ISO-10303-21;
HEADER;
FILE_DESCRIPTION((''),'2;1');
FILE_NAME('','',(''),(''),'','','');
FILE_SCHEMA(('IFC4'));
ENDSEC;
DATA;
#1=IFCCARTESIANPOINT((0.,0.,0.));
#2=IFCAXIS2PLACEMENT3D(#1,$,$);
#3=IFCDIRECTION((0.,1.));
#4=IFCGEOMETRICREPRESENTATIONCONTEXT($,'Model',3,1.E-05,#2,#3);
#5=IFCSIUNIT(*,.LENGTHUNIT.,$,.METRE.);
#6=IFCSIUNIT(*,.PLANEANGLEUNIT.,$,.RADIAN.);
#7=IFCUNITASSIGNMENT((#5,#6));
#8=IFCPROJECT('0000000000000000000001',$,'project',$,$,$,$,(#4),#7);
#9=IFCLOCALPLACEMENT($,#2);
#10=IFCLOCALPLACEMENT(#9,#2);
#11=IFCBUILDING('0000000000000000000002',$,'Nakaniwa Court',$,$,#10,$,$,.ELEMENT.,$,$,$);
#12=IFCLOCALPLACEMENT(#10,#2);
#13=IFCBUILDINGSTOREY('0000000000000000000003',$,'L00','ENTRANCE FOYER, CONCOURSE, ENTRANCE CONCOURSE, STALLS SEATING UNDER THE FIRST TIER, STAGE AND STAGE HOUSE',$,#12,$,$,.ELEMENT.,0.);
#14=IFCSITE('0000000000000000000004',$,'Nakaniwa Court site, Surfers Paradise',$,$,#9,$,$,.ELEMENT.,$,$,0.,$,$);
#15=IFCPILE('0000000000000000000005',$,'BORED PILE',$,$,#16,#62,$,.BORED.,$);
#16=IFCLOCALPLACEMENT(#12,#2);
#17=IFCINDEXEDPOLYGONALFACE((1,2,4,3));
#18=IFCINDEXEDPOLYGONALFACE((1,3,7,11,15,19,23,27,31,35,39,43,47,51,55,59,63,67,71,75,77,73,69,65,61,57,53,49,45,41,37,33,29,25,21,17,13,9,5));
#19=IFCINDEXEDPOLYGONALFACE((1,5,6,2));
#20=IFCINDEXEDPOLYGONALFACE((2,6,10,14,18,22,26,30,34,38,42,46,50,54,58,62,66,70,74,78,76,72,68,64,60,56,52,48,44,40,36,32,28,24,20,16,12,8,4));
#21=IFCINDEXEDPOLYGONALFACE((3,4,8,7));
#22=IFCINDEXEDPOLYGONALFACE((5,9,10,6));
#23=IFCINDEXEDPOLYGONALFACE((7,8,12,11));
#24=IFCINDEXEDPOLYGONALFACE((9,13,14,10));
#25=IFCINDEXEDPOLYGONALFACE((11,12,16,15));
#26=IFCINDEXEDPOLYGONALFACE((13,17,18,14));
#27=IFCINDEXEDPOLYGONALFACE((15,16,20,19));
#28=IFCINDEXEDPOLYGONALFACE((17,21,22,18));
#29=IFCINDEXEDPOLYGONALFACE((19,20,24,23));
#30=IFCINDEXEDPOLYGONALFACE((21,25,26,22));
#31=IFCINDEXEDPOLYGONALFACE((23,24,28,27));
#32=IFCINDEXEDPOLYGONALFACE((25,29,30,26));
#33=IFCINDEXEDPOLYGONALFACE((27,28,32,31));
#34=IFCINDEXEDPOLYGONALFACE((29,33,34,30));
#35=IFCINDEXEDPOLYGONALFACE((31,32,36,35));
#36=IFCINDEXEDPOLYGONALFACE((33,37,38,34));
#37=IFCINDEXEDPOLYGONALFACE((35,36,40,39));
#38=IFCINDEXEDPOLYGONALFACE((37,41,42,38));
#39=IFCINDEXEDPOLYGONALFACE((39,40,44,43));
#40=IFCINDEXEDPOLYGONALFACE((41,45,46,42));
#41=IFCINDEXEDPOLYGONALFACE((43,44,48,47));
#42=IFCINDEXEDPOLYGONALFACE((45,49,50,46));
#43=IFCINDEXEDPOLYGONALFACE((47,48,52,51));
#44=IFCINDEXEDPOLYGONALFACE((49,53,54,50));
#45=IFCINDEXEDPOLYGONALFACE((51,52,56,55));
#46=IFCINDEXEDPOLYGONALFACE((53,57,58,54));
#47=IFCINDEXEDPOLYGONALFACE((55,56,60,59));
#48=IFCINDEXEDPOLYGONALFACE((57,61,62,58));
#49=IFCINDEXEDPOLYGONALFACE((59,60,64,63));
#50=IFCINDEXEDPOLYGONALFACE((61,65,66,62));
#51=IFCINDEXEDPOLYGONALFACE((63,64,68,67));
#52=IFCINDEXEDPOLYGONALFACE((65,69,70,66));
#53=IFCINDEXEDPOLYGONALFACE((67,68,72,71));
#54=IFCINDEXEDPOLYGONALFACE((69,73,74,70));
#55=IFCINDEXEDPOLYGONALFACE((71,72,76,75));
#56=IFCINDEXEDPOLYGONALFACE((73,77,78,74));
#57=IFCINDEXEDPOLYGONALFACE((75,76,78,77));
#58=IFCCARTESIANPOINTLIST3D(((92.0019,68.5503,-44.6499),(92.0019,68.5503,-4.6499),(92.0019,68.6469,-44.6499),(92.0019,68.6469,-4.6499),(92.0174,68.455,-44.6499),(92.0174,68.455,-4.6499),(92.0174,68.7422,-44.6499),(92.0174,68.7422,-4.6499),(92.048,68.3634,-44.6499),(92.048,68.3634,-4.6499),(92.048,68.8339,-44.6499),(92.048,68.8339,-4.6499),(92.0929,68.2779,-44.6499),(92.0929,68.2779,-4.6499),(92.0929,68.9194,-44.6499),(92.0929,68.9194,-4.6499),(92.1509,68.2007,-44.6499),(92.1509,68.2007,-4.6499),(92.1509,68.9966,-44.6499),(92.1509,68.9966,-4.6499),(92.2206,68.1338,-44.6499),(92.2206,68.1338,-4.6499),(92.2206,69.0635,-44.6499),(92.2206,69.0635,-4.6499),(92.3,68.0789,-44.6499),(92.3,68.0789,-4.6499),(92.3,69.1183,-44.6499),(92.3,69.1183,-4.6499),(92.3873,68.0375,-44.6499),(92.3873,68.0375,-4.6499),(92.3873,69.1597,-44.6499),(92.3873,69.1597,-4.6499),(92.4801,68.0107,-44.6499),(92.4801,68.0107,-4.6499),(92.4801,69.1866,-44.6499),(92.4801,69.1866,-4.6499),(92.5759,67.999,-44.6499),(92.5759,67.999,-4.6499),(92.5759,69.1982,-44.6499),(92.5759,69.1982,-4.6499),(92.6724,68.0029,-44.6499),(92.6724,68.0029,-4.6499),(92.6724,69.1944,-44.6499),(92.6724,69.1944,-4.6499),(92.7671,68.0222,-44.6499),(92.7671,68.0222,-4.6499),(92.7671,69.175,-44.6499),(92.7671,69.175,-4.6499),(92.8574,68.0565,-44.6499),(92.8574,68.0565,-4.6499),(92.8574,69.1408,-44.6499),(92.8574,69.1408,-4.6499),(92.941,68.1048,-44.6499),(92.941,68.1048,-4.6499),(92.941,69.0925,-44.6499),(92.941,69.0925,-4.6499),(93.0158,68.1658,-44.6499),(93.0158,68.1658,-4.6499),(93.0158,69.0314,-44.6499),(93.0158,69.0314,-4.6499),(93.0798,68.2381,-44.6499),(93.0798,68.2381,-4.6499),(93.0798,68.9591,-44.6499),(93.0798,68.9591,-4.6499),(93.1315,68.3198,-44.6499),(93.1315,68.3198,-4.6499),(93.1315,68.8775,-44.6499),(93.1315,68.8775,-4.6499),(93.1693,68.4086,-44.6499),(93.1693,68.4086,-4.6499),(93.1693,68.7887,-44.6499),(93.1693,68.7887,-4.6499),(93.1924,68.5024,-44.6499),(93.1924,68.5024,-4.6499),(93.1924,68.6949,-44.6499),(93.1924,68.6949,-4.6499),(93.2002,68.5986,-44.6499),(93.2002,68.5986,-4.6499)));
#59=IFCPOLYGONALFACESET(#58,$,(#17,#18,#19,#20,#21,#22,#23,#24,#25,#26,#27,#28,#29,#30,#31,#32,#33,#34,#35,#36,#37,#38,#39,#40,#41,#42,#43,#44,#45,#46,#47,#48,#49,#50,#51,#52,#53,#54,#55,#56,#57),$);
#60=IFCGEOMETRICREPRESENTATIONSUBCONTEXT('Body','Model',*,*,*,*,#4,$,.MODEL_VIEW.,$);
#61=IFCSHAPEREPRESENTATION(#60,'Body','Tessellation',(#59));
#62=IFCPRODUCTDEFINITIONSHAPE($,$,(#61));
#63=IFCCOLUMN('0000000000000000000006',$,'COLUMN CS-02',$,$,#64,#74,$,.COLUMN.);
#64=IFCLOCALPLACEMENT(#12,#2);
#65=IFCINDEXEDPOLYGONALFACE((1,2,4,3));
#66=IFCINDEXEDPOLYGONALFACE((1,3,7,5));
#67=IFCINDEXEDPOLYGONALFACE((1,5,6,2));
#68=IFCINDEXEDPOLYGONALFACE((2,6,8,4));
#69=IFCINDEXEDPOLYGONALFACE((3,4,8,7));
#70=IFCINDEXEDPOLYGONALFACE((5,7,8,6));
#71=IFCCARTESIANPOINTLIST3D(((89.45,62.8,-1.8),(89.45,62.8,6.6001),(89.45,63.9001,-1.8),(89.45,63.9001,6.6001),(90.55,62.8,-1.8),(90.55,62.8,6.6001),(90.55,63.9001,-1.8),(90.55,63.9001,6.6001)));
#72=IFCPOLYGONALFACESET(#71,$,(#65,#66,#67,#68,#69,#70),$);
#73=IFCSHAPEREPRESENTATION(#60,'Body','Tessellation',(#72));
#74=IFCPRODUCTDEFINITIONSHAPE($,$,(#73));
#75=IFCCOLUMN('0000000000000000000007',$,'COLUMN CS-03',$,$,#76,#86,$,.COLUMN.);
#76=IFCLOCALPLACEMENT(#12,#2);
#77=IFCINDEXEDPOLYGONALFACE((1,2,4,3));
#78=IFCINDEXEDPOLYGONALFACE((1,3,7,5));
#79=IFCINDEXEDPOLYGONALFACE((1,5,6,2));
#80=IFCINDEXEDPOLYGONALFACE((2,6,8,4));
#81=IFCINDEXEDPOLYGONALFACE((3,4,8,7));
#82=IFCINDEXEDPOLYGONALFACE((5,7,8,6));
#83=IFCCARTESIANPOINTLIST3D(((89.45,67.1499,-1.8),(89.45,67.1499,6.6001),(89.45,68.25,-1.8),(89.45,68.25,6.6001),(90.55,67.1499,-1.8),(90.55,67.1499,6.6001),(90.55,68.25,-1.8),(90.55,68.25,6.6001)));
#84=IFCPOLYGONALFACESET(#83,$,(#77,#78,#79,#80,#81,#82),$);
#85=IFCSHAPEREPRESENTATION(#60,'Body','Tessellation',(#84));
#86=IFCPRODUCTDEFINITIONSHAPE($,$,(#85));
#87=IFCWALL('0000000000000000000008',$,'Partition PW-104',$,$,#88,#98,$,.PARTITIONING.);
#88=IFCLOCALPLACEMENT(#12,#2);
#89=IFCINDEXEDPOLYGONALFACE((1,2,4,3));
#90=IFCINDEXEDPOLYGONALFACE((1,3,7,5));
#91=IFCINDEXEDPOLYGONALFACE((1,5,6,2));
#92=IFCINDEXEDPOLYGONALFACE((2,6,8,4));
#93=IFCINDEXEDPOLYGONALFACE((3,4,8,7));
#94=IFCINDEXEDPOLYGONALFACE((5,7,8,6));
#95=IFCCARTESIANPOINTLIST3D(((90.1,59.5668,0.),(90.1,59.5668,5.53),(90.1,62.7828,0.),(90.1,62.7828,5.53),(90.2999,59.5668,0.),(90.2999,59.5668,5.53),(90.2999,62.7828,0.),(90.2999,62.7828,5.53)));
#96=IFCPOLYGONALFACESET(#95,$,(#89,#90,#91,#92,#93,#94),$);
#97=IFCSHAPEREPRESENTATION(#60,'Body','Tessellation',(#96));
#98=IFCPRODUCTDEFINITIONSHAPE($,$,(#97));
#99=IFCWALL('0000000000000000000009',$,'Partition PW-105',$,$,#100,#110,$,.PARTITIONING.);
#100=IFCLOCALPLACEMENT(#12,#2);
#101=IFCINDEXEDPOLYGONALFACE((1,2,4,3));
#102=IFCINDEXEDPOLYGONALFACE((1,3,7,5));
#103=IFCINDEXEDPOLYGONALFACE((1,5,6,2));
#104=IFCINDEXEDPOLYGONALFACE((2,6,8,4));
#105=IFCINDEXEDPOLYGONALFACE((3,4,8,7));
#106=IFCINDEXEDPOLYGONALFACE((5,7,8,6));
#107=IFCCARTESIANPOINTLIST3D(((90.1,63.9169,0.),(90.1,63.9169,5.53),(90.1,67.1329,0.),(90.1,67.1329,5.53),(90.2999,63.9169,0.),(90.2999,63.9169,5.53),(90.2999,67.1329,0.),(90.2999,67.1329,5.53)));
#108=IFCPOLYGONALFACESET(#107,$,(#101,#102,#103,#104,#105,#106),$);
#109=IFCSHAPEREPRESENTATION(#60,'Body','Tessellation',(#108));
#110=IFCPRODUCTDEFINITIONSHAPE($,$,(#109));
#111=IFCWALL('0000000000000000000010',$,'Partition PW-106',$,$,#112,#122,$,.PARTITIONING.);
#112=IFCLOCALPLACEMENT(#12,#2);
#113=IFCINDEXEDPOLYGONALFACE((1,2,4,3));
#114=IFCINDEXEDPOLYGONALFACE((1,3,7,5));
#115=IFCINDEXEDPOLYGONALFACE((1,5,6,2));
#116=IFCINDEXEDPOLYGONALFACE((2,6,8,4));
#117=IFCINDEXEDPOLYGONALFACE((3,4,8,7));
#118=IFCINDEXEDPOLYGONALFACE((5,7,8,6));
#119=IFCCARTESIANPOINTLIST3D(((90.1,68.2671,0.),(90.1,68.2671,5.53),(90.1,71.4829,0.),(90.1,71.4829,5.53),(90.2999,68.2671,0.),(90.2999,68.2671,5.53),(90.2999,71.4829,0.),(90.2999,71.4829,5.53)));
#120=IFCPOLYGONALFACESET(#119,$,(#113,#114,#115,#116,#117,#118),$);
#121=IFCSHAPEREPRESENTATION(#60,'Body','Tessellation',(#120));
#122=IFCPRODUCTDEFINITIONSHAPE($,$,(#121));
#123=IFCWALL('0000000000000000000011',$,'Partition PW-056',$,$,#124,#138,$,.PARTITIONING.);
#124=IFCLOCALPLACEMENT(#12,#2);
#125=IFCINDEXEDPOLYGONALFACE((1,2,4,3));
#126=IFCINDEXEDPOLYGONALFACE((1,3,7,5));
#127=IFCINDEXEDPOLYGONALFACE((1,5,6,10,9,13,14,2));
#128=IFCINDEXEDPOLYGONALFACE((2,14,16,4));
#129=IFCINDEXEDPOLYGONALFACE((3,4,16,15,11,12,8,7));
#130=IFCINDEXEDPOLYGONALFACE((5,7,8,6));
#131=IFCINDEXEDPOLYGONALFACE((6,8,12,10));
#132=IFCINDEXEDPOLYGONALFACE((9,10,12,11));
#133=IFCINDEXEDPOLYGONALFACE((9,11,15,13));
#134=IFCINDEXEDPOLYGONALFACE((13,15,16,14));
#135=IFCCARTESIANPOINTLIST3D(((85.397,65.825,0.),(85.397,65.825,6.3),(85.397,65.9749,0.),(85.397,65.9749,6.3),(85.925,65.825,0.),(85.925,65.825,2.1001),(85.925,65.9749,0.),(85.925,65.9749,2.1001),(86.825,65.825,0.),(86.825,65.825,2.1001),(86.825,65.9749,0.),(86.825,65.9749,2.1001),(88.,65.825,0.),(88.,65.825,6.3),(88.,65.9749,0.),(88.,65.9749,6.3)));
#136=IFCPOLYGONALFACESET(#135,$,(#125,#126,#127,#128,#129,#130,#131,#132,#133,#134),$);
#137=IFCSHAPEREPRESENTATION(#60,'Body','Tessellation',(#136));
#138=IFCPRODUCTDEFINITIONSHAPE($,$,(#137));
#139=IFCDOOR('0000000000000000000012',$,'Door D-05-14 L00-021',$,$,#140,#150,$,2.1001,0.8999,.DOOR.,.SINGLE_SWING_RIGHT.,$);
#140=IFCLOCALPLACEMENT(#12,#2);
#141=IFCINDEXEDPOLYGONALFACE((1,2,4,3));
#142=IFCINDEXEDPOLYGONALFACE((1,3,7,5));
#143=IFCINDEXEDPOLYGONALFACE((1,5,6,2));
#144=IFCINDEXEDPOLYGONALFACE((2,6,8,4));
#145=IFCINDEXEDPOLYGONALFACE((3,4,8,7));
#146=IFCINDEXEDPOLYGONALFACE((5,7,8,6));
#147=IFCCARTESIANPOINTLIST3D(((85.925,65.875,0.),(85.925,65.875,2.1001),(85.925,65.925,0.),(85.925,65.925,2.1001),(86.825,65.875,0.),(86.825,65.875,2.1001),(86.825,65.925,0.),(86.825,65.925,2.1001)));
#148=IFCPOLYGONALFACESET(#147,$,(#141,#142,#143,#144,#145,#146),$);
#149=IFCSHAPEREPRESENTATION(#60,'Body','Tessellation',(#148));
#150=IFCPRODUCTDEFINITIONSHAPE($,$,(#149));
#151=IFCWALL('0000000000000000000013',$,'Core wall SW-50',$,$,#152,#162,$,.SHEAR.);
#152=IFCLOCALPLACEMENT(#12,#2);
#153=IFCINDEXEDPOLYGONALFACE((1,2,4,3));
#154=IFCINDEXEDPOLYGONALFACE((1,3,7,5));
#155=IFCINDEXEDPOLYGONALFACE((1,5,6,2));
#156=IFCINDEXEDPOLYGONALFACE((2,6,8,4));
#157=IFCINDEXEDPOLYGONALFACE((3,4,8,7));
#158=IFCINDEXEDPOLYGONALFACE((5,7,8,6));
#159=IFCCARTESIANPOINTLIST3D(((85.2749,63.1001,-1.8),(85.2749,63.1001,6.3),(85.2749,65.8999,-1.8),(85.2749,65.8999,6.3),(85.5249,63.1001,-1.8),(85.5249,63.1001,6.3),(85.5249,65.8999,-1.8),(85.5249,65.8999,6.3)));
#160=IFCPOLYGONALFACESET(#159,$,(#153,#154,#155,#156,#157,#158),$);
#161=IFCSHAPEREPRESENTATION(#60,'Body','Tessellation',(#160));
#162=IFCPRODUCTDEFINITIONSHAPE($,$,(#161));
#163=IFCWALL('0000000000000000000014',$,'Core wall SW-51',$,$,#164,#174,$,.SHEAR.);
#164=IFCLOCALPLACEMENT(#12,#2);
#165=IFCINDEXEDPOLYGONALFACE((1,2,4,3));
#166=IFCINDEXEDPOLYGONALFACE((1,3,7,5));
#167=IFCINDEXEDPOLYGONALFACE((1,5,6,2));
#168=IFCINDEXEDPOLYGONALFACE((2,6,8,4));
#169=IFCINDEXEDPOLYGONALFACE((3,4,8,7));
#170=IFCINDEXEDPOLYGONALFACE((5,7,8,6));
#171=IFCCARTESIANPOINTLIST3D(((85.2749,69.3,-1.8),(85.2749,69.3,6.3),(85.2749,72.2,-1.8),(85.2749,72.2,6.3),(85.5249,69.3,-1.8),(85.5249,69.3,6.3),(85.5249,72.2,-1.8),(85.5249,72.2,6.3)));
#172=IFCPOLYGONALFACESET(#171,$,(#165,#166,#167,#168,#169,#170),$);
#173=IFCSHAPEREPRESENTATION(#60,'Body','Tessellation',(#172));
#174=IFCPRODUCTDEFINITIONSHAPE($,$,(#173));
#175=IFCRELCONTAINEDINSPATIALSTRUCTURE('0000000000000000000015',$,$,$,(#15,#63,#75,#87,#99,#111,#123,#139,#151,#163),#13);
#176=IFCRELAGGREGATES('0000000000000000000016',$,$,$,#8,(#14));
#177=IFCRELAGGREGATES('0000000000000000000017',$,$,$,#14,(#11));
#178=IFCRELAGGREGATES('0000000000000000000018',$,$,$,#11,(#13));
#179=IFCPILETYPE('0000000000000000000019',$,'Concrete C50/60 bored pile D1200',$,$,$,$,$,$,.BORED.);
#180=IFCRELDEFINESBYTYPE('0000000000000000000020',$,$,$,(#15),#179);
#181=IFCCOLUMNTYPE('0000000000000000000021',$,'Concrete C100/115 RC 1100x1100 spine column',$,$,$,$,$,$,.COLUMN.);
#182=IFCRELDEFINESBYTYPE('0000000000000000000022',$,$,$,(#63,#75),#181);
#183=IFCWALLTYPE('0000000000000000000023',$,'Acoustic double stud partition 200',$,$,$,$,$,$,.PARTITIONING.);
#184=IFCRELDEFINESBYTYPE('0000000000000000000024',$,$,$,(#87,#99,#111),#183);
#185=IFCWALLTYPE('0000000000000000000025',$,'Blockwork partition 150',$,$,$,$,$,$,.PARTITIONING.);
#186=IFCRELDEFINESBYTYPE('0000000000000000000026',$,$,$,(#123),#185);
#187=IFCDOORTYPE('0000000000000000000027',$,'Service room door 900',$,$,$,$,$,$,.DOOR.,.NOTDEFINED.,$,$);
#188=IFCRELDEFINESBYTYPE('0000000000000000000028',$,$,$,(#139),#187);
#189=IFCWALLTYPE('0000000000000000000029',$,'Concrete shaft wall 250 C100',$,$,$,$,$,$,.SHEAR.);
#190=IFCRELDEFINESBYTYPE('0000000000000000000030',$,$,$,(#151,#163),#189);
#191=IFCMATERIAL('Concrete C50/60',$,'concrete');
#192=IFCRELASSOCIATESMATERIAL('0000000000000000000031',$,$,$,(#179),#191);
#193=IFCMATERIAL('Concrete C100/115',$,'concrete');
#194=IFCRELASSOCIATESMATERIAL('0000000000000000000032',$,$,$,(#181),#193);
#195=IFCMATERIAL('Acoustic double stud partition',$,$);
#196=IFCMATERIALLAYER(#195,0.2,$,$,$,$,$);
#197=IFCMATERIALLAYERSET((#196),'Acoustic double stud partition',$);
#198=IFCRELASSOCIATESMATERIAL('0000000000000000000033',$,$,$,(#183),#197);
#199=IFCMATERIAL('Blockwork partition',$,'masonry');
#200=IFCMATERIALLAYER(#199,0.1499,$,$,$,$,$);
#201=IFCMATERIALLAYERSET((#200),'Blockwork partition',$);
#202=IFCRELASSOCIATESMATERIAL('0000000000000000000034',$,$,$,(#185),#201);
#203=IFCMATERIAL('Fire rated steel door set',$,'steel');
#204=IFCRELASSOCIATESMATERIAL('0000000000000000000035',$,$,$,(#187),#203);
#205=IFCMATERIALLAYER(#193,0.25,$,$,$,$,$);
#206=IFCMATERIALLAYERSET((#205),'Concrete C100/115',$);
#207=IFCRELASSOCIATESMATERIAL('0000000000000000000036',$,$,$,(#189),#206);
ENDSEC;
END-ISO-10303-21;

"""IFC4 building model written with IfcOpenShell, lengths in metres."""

from ifc_helpers import new_model, si_unit, direction, frame, frame_2d, origin, origin_2d, place, context, subcontext, project, spatial, rectangle, circle, extrude, material, layer, layer_set, material_profile, profile_set, type_object, element, fill, save


model = new_model("IFC4")

# Units and contexts
model_context = context("Model", 3, precision=1e-05, world=origin(), true_north=direction((0.0, 1.0)))
body_context = subcontext(model_context, "Body", "Model", "MODEL_VIEW")
ifc_project = project(units=[si_unit("LENGTHUNIT", "METRE"), si_unit("PLANEANGLEUNIT", "RADIAN")], contexts=[model_context])

# Site, building, storey
site_placement = place(None, origin())
site = spatial("IfcSite", under=ifc_project, at=site_placement, Name="Nakaniwa Court site, Surfers Paradise", CompositionType="ELEMENT", RefElevation=0.0)
building_placement = place(site_placement, origin())
building = spatial("IfcBuilding", under=site, at=building_placement, Name="Nakaniwa Court", CompositionType="ELEMENT")
storey_placement = place(building_placement, origin())
storey = spatial("IfcBuildingStorey", under=building, at=storey_placement, Name="L00", Description="ENTRANCE FOYER, CONCOURSE, ENTRANCE CONCOURSE, STALLS SEATING UNDER THE FIRST TIER, STAGE AND STAGE HOUSE", CompositionType="ELEMENT", Elevation=0.0)

# Pile
ifc_material_1 = material(Name="Concrete C50/60", Category="concrete")
ifc_material_profile_1 = material_profile(ifc_material_1, circle(Radius=0.6001, at=origin_2d()), Name="Concrete C50/60 bored pile D1200")
ifc_profile_set_1 = profile_set([ifc_material_profile_1], Name="Concrete C50/60")
pile_type = type_object("IfcPileType", Name="Concrete C50/60 bored pile D1200", PredefinedType="BORED", material=ifc_profile_set_1)
for number, where, z_axis, x_axis, name in (
    (1, (92.6001, 68.5986, -4.6499), (0.0, 0.0, -1.0), (1.0, 0.0, 0.0), "BORED PILE"),
):
    element("IfcPile", number, at=place(storey_placement, frame(where, z_axis=z_axis, x_axis=x_axis)), inside=storey, type_object=pile_type, Name=name, PredefinedType="BORED", context=body_context, shape_type="SweptSolid", body=[
        extrude(circle(Radius=0.6001, at=origin_2d()), origin(), (0.0, 0.0, 1.0), 40.0),
    ])

# Columns
ifc_material_2 = material(Name="Concrete C100/115", Category="concrete")
ifc_material_profile_2 = material_profile(ifc_material_2, rectangle(XDim=1.1001, YDim=1.1001, at=origin_2d()), Name="Concrete C100/115 RC 1100x1100 spine column")
ifc_profile_set_2 = profile_set([ifc_material_profile_2], Name="Concrete C100/115")
column_type = type_object("IfcColumnType", Name="Concrete C100/115 RC 1100x1100 spine column", PredefinedType="COLUMN", material=ifc_profile_set_2)
for number, where, z_axis, x_axis, name in (
    (2, (90.0, 63.3501, -1.8), (0.0, 0.0, 1.0), (0.0, 1.0, 0.0), "COLUMN CS-02"),
    (3, (90.0, 67.7, -1.8), (0.0, 0.0, 1.0), (0.0, 1.0, 0.0), "COLUMN CS-03"),
):
    element("IfcColumn", number, at=place(storey_placement, frame(where, z_axis=z_axis, x_axis=x_axis)), inside=storey, type_object=column_type, Name=name, PredefinedType="COLUMN", context=body_context, shape_type="SweptSolid", body=[
        extrude(rectangle(XDim=1.1001, YDim=1.1001, at=origin_2d()), origin(), (0.0, 0.0, 1.0), 8.4001),
    ])

# Walls
ifc_material_3 = material(Name="Acoustic double stud partition")
ifc_layer_1 = layer(ifc_material_3, 0.2)
ifc_layer_set_1 = layer_set([ifc_layer_1], Name="Acoustic double stud partition")
wall_type_1 = type_object("IfcWallType", Name="Acoustic double stud partition 200", PredefinedType="PARTITIONING", material=ifc_layer_set_1)
for number, where, z_axis, x_axis, name in (
    (4, (90.2, 59.5669, 0.0), (0.0, 0.0, 1.0), (0.0, 1.0, 0.0), "Partition PW-104"),
    (5, (90.2, 63.917, 0.0), (0.0, 0.0, 1.0), (0.0, 1.0, 0.0), "Partition PW-105"),
):
    element("IfcWall", number, at=place(storey_placement, frame(where, z_axis=z_axis, x_axis=x_axis)), inside=storey, type_object=wall_type_1, Name=name, PredefinedType="PARTITIONING", context=body_context, shape_type="SweptSolid", body=[
        extrude(rectangle(XDim=3.2161, YDim=0.2, at=frame_2d((1.6079, 0.0))), origin(), (0.0, 0.0, 1.0), 5.53),
    ])
wall_1_placement = place(storey_placement, frame((90.2, 68.2671, 0.0), z_axis=(0.0, 0.0, 1.0), x_axis=(0.0, 1.0, 0.0)))
element("IfcWall", 6, at=wall_1_placement, inside=storey, type_object=wall_type_1, Name="Partition PW-106", PredefinedType="PARTITIONING", context=body_context, shape_type="SweptSolid", body=[
    extrude(rectangle(XDim=3.2158, YDim=0.2, at=frame_2d((1.6079, 0.0))), origin(), (0.0, 0.0, 1.0), 5.53),
])

# Wall, opening, door
ifc_material_4 = material(Name="Blockwork partition", Category="masonry")
ifc_layer_2 = layer(ifc_material_4, 0.1499)
ifc_layer_set_2 = layer_set([ifc_layer_2], Name="Blockwork partition")
wall_type_2 = type_object("IfcWallType", Name="Blockwork partition 150", PredefinedType="PARTITIONING", material=ifc_layer_set_2)
wall_2_placement = place(storey_placement, frame((88.0, 65.8999, 0.0), z_axis=(0.0, 0.0, 1.0), x_axis=(-1.0, 0.0, 0.0)))
wall_2 = element("IfcWall", 7, at=wall_2_placement, inside=storey, type_object=wall_type_2, Name="Partition PW-056", PredefinedType="PARTITIONING", context=body_context, shape_type="SweptSolid", body=[
    extrude(rectangle(XDim=2.603, YDim=0.1499, at=frame_2d((1.3015, 0.0))), origin(), (0.0, 0.0, 1.0), 6.3),
])
opening_1_placement = place(wall_2_placement, frame((1.175, 0.0, 0.0)))
opening_1 = element("IfcOpeningElement", 8, at=opening_1_placement, cuts=wall_2, PredefinedType="OPENING", context=body_context, shape_type="SweptSolid", body=[
    extrude(rectangle(XDim=0.8999, YDim=2.1001, at=frame_2d((0.45, 1.05))), frame((0.0, 0.085, 0.0), z_axis=(0.0, -1.0, 0.0), x_axis=(1.0, 0.0, 0.0)), (0.0, 0.0, 1.0), 0.1699),
])
ifc_material_5 = material(Name="Fire rated steel door set", Category="steel")
door_type_1 = type_object("IfcDoorType", Name="Service room door 900", OperationType="NOTDEFINED", PredefinedType="DOOR", material=ifc_material_5)
door_1_placement = place(opening_1_placement, origin())
door_1 = element("IfcDoor", 9, at=door_1_placement, inside=storey, type_object=door_type_1, Name="Door D-05-14 L00-021", OperationType="SINGLE_SWING_RIGHT", OverallHeight=2.1001, OverallWidth=0.8999, PredefinedType="DOOR", context=body_context, shape_type="SweptSolid", body=[
    extrude(rectangle(XDim=0.8999, YDim=2.1001, at=frame_2d((0.45, 1.05))), frame((0.0, 0.0249, 0.0), z_axis=(0.0, -1.0, 0.0), x_axis=(1.0, 0.0, 0.0)), (0.0, 0.0, 1.0), 0.05),
])
fill(opening_1, door_1)

# Walls
ifc_layer_3 = layer(ifc_material_2, 0.25)
ifc_layer_set_3 = layer_set([ifc_layer_3], Name="Concrete C100/115")
wall_type_3 = type_object("IfcWallType", Name="Concrete shaft wall 250 C100", PredefinedType="SHEAR", material=ifc_layer_set_3)
wall_3_placement = place(storey_placement, frame((85.3999, 63.1001, -1.8), z_axis=(0.0, 0.0, 1.0), x_axis=(0.0, 1.0, 0.0)))
element("IfcWall", 10, at=wall_3_placement, inside=storey, type_object=wall_type_3, Name="Core wall SW-50", PredefinedType="SHEAR", context=body_context, shape_type="SweptSolid", body=[
    extrude(rectangle(XDim=2.7998, YDim=0.25, at=frame_2d((1.3999, 0.0))), origin(), (0.0, 0.0, 1.0), 8.1001),
])
wall_4_placement = place(storey_placement, frame((85.3999, 69.3, -1.8), z_axis=(0.0, 0.0, 1.0), x_axis=(0.0, 1.0, 0.0)))
element("IfcWall", 11, at=wall_4_placement, inside=storey, type_object=wall_type_3, Name="Core wall SW-51", PredefinedType="SHEAR", context=body_context, shape_type="SweptSolid", body=[
    extrude(rectangle(XDim=2.8999, YDim=0.25, at=frame_2d((1.45, 0.0))), origin(), (0.0, 0.0, 1.0), 8.1001),
])

save(model, "model.ifc")
